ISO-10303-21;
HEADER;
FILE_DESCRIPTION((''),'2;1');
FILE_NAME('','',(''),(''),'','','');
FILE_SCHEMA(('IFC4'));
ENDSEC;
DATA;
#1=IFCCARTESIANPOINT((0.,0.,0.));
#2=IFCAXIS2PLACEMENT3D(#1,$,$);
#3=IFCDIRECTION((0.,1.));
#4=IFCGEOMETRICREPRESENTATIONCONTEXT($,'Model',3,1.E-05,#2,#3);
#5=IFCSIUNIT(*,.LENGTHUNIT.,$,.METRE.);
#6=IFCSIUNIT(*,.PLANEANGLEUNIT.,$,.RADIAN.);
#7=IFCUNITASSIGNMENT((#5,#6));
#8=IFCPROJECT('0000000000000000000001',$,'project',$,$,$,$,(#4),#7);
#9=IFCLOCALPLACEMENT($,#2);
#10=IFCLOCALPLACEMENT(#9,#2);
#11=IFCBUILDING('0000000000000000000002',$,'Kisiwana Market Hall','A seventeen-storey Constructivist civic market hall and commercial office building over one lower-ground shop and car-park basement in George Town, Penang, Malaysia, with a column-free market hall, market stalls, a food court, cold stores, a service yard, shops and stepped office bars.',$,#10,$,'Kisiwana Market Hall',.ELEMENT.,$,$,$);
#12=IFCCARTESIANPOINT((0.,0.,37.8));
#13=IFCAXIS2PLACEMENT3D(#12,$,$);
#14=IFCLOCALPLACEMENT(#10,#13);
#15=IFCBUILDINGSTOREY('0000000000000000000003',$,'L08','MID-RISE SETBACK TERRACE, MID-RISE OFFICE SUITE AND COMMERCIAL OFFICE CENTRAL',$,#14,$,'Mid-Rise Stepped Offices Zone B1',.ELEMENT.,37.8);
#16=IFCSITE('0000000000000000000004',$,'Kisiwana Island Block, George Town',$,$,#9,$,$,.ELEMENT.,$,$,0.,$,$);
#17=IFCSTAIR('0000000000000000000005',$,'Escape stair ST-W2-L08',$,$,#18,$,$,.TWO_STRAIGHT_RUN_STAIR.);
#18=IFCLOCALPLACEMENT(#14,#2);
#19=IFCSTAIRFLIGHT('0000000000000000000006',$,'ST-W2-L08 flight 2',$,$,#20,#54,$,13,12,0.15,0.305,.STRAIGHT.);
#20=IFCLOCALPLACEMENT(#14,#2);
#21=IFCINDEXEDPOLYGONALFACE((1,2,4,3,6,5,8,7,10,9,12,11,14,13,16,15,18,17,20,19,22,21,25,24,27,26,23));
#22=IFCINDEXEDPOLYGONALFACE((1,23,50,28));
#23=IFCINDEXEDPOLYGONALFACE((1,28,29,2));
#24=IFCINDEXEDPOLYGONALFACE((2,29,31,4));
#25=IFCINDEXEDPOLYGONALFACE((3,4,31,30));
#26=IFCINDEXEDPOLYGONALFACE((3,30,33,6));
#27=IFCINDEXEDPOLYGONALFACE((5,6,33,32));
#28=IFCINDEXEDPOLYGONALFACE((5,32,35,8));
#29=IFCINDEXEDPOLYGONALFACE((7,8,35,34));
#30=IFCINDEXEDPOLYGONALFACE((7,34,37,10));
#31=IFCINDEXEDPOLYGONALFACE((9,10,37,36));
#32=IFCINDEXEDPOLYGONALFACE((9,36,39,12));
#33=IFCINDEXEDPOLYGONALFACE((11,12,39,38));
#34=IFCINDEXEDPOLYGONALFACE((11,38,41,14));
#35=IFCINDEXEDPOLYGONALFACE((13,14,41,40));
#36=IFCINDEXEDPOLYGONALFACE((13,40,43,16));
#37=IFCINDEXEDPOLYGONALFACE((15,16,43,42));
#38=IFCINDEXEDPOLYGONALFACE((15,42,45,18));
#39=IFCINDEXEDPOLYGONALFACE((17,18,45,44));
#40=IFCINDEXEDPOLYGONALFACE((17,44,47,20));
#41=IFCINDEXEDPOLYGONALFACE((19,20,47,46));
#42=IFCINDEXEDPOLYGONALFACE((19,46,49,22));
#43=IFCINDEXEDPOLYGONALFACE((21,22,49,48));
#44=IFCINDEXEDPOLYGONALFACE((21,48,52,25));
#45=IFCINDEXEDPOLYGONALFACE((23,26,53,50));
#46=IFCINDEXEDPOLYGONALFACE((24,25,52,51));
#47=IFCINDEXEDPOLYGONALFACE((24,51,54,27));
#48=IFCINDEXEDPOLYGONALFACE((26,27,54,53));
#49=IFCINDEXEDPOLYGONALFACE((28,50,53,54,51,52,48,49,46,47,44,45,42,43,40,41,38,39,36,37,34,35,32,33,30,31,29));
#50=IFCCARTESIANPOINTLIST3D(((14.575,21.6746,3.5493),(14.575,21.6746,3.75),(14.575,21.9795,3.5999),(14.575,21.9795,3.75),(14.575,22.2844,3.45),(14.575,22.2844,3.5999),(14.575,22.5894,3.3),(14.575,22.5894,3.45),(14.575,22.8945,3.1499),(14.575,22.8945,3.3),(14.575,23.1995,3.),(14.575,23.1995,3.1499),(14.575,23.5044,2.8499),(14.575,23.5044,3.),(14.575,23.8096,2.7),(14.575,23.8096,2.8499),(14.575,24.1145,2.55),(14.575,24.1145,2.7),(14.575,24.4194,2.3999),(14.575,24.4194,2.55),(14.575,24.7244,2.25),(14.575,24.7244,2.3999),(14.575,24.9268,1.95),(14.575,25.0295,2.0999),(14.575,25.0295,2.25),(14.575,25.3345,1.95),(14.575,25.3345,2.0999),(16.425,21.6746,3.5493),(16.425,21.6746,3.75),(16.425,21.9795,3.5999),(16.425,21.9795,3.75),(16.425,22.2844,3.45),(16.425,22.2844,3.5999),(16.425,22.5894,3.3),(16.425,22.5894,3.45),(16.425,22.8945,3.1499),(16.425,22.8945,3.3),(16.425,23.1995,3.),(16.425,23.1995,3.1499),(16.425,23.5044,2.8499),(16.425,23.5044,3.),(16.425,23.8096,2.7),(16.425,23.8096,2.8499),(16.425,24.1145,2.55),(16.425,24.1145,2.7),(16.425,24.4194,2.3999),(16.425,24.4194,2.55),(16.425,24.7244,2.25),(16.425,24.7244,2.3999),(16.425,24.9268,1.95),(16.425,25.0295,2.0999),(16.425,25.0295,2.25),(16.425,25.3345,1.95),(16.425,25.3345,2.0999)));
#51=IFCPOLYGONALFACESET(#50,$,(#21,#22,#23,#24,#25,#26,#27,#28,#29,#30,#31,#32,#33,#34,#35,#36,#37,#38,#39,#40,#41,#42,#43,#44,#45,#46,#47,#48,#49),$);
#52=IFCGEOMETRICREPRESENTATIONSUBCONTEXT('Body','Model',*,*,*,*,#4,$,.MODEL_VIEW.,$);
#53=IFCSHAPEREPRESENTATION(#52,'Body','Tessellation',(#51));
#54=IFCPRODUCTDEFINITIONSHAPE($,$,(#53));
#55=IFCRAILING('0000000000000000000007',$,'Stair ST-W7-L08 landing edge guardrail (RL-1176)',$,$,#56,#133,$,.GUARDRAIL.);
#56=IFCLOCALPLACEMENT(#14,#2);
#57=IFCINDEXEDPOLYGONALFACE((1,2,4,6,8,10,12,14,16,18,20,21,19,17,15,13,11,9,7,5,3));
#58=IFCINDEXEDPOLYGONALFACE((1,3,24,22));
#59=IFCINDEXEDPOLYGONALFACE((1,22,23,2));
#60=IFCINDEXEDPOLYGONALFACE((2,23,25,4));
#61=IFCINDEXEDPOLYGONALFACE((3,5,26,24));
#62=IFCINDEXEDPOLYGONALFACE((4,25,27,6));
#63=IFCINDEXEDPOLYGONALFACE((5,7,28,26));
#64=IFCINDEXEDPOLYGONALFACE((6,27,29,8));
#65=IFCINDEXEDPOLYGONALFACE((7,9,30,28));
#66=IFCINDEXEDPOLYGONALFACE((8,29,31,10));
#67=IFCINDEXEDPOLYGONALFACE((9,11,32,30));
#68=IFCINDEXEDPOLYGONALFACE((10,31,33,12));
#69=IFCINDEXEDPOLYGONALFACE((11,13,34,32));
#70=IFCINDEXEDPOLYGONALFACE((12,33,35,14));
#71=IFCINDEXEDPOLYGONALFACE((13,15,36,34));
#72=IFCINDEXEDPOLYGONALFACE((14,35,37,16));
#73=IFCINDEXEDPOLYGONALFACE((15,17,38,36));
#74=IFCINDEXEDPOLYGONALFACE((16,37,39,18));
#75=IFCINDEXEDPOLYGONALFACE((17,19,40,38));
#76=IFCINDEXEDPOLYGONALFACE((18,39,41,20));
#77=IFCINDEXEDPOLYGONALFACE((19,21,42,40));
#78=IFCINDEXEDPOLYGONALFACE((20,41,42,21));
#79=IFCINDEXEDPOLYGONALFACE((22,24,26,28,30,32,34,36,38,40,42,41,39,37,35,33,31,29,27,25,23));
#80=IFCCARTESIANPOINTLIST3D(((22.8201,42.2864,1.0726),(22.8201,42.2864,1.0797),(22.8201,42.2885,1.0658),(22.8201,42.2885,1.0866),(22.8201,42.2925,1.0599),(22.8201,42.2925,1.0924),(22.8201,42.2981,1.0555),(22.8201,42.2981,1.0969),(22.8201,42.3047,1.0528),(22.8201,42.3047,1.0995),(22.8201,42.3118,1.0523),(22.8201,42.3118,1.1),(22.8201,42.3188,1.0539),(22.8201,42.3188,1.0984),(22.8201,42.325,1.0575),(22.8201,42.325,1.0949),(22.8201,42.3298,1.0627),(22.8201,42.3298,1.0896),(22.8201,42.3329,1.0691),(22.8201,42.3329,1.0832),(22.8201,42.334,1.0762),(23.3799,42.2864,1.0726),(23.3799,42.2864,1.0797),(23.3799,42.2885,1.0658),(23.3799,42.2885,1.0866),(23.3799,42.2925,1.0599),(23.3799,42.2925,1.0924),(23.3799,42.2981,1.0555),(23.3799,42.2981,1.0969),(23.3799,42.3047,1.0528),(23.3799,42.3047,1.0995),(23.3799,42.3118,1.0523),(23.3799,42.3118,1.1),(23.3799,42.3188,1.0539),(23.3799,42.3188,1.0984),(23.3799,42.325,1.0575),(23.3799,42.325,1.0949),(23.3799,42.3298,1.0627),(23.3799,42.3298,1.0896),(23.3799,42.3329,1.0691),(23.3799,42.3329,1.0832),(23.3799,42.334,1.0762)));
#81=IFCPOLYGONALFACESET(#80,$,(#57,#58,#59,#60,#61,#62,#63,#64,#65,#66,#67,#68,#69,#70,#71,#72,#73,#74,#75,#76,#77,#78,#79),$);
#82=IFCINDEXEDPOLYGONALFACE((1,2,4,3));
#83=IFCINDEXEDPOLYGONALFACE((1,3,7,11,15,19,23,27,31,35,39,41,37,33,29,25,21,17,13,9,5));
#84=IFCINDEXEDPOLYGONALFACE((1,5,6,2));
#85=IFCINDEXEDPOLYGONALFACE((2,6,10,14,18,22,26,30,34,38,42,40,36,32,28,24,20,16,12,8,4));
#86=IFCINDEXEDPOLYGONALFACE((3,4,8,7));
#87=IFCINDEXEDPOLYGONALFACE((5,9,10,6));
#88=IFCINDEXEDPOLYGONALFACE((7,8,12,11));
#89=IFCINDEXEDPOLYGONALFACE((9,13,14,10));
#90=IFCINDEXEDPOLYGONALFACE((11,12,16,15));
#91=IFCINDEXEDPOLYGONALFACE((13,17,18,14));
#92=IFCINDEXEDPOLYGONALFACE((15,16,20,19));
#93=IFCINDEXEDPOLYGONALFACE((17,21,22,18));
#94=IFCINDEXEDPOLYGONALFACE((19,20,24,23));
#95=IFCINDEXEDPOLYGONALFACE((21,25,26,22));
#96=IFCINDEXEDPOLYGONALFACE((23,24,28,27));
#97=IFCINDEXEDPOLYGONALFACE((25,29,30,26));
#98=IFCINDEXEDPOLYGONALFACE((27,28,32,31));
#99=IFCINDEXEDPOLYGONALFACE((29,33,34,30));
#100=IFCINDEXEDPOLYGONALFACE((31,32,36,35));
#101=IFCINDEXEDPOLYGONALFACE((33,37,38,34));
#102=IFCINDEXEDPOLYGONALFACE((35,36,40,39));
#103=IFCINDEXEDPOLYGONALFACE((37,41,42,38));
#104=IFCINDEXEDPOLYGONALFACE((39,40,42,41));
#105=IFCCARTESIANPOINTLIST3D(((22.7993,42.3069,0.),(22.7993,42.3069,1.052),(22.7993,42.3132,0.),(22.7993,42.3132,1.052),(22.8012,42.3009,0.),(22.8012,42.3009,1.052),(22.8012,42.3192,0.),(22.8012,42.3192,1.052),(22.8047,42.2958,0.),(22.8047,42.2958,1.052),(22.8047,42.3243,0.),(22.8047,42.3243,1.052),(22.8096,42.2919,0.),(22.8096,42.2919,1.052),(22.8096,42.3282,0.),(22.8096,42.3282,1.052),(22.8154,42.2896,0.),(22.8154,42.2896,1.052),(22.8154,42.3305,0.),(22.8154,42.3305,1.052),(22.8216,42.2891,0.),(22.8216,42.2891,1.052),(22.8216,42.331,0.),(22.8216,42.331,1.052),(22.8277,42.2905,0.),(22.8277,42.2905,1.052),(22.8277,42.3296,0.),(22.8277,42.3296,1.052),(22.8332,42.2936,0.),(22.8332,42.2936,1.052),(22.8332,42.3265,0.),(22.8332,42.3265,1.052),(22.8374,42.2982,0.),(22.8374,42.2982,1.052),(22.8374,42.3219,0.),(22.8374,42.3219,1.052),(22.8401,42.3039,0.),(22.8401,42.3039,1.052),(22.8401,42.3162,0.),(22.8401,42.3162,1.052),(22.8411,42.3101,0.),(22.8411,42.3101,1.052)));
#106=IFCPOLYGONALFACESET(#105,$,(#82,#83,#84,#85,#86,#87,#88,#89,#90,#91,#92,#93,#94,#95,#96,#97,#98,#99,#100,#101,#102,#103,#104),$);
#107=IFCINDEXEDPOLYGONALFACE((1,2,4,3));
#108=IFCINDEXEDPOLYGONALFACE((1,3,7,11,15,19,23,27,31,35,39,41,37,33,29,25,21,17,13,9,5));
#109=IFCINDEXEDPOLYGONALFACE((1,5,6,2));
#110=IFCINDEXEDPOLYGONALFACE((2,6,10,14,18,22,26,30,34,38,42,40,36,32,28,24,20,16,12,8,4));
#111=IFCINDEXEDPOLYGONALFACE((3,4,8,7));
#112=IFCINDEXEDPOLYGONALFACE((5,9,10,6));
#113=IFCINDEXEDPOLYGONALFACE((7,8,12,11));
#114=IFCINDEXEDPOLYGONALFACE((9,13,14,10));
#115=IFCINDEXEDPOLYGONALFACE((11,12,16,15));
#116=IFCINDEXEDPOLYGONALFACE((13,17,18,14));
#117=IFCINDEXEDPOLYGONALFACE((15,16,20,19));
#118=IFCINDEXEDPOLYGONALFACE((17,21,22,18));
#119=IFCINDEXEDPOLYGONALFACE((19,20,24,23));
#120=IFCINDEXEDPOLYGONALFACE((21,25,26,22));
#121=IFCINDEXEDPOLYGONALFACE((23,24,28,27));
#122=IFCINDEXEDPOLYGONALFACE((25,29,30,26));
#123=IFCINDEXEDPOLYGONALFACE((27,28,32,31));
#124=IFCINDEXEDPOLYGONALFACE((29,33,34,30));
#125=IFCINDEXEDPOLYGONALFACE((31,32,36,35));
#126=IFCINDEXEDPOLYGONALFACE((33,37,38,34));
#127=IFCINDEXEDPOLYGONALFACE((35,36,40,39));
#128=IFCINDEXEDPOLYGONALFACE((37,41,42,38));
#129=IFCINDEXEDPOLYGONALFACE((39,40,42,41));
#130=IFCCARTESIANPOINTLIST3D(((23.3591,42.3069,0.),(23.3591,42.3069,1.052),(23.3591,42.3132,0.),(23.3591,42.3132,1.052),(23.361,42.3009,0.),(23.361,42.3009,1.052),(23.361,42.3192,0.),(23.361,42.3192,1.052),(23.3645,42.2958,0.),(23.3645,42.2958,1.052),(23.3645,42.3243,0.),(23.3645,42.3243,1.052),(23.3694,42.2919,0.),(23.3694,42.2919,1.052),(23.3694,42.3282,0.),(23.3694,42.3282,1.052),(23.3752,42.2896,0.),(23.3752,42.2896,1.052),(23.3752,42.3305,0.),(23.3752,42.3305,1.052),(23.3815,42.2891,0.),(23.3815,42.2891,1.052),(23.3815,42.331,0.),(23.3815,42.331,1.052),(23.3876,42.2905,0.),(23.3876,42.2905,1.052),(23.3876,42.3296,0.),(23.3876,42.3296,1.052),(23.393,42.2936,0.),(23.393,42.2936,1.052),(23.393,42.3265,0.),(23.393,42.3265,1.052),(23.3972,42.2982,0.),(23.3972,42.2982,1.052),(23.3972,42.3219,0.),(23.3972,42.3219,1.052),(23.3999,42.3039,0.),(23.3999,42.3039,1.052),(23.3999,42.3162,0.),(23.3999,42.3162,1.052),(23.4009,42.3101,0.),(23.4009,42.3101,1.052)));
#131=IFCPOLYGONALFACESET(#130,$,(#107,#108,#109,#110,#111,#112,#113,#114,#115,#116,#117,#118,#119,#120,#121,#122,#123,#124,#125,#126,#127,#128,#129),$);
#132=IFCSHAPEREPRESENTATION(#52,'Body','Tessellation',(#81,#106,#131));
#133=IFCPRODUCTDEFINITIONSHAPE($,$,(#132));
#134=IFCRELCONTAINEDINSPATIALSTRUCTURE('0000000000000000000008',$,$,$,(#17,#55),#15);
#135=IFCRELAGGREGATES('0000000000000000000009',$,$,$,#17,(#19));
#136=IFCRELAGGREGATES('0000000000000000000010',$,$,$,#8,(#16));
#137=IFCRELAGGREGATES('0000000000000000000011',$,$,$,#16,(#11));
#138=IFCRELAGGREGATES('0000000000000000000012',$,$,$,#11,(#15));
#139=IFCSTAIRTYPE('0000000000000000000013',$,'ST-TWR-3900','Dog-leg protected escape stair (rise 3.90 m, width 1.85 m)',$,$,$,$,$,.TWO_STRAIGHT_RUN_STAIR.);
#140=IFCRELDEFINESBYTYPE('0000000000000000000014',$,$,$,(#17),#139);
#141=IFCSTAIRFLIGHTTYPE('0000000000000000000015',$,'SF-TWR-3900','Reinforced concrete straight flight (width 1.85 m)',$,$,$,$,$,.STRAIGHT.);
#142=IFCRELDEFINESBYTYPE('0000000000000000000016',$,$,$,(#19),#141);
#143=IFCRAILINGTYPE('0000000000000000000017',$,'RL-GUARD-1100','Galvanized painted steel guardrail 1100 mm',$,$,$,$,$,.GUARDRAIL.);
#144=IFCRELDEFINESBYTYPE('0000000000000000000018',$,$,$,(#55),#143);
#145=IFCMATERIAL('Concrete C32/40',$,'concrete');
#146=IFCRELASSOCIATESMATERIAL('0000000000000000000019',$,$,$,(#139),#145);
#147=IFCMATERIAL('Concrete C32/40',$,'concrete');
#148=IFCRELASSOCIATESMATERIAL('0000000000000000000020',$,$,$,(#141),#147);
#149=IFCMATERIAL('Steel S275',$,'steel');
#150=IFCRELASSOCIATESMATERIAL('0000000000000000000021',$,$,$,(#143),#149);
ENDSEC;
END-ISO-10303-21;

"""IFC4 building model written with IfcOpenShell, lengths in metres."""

from ifc_helpers import new_model, si_unit, direction, frame, origin, origin_2d, place, context, subcontext, project, spatial, polyline, circle, outline, extrude, material, type_object, element, aggregate, save


model = new_model("IFC4")

# Units and contexts
model_context = context("Model", 3, precision=1e-05, world=origin(), true_north=direction((0.0, 1.0)))
body_context = subcontext(model_context, "Body", "Model", "MODEL_VIEW")
ifc_project = project(units=[si_unit("LENGTHUNIT", "METRE"), si_unit("PLANEANGLEUNIT", "RADIAN")], contexts=[model_context])

# Site, building, storey
site_placement = place(None, origin())
site = spatial("IfcSite", under=ifc_project, at=site_placement, Name="Kisiwana Island Block, George Town", CompositionType="ELEMENT", RefElevation=0.0)
building_placement = place(site_placement, origin())
building = spatial("IfcBuilding", under=site, at=building_placement, Name="Kisiwana Market Hall", Description="A seventeen-storey Constructivist civic market hall and commercial office building over one lower-ground shop and car-park basement in George Town, Penang, Malaysia, with a column-free market hall, market stalls, a food court, cold stores, a service yard, shops and stepped office bars.", LongName="Kisiwana Market Hall", CompositionType="ELEMENT")
storey_placement = place(building_placement, frame((0.0, 0.0, 37.8)))
storey = spatial("IfcBuildingStorey", under=building, at=storey_placement, Name="L08", Description="MID-RISE SETBACK TERRACE, MID-RISE OFFICE SUITE AND COMMERCIAL OFFICE CENTRAL", LongName="Mid-Rise Stepped Offices Zone B1", CompositionType="ELEMENT", Elevation=37.8)

# Stair, stair flight
ifc_material_1 = material(Name="Concrete C32/40", Category="concrete")
stair_type = type_object("IfcStairType", Name="ST-TWR-3900", Description="Dog-leg protected escape stair (rise 3.90 m, width 1.85 m)", PredefinedType="TWO_STRAIGHT_RUN_STAIR", material=ifc_material_1)
stair_placement = place(storey_placement, origin())
stair = element("IfcStair", 1, at=stair_placement, inside=storey, type_object=stair_type, Name="Escape stair ST-W2-L08", PredefinedType="TWO_STRAIGHT_RUN_STAIR")
ifc_material_2 = material(Name="Concrete C32/40", Category="concrete")
stair_flight_type = type_object("IfcStairFlightType", Name="SF-TWR-3900", Description="Reinforced concrete straight flight (width 1.85 m)", PredefinedType="STRAIGHT", material=ifc_material_2)
stair_flight_placement = place(storey_placement, frame((15.5, 25.3345, 1.95), z_axis=(0.0, 0.0, 1.0), x_axis=(0.0, -1.0, 0.0)))
stair_flight = element("IfcStairFlight", 2, at=stair_flight_placement, type_object=stair_flight_type, Name="ST-W2-L08 flight 2", NumberOfRisers=13, NumberOfTreads=12, PredefinedType="STRAIGHT", RiserHeight=0.15, TreadLength=0.305, context=body_context, shape_type="SweptSolid", body=[
    extrude(outline(polyline([(0.0, 0.0), (0.0, 0.1499), (0.3049, 0.1499), (0.3049, 0.3), (0.6101, 0.3), (0.6101, 0.45), (0.915, 0.45), (0.915, 0.6001), (1.22, 0.6001), (1.22, 0.75), (1.5249, 0.75), (1.5249, 0.8999), (1.8301, 0.8999), (1.8301, 1.05), (2.135, 1.05), (2.135, 1.2), (2.4399, 1.2), (2.4399, 1.3501), (2.7451, 1.3501), (2.7451, 1.5), (3.05, 1.5), (3.05, 1.6499), (3.355, 1.6499), (3.355, 1.8), (3.6599, 1.8), (3.6599, 1.95), (3.6599, 1.5994), (0.4077, 0.0), (0.0, 0.0)])), frame((0.0, 0.925, 0.0), z_axis=(0.0, -1.0, 0.0), x_axis=(1.0, 0.0, 0.0)), (0.0, 0.0, 1.0), 1.8501),
])
aggregate(stair, [stair_flight])

# Railing
ifc_material_3 = material(Name="Steel S275", Category="steel")
railing_type_1 = type_object("IfcRailingType", Name="RL-GUARD-1100", Description="Galvanized painted steel guardrail 1100 mm", PredefinedType="GUARDRAIL", material=ifc_material_3)
railing_1_placement = place(storey_placement, frame((22.8201, 42.3101, 0.0)))
element("IfcRailing", 3, at=railing_1_placement, inside=storey, type_object=railing_type_1, Name="Stair ST-W7-L08 landing edge guardrail (RL-1176)", PredefinedType="GUARDRAIL", context=body_context, shape_type="SweptSolid", body=[
    extrude(circle(Radius=0.0239, at=origin_2d()), frame((0.0, 0.0, 1.0762), z_axis=(1.0, 0.0, 0.0), x_axis=(0.0, 1.0, 0.0)), (0.0, 0.0, 1.0), 0.5598),
    extrude(circle(Radius=0.021, at=origin_2d()), origin(), (0.0, 0.0, 1.0), 1.052),
    extrude(circle(Radius=0.021, at=origin_2d()), frame((0.5598, 0.0, 0.0)), (0.0, 0.0, 1.0), 1.052),
])

save(model, "model.ifc")
